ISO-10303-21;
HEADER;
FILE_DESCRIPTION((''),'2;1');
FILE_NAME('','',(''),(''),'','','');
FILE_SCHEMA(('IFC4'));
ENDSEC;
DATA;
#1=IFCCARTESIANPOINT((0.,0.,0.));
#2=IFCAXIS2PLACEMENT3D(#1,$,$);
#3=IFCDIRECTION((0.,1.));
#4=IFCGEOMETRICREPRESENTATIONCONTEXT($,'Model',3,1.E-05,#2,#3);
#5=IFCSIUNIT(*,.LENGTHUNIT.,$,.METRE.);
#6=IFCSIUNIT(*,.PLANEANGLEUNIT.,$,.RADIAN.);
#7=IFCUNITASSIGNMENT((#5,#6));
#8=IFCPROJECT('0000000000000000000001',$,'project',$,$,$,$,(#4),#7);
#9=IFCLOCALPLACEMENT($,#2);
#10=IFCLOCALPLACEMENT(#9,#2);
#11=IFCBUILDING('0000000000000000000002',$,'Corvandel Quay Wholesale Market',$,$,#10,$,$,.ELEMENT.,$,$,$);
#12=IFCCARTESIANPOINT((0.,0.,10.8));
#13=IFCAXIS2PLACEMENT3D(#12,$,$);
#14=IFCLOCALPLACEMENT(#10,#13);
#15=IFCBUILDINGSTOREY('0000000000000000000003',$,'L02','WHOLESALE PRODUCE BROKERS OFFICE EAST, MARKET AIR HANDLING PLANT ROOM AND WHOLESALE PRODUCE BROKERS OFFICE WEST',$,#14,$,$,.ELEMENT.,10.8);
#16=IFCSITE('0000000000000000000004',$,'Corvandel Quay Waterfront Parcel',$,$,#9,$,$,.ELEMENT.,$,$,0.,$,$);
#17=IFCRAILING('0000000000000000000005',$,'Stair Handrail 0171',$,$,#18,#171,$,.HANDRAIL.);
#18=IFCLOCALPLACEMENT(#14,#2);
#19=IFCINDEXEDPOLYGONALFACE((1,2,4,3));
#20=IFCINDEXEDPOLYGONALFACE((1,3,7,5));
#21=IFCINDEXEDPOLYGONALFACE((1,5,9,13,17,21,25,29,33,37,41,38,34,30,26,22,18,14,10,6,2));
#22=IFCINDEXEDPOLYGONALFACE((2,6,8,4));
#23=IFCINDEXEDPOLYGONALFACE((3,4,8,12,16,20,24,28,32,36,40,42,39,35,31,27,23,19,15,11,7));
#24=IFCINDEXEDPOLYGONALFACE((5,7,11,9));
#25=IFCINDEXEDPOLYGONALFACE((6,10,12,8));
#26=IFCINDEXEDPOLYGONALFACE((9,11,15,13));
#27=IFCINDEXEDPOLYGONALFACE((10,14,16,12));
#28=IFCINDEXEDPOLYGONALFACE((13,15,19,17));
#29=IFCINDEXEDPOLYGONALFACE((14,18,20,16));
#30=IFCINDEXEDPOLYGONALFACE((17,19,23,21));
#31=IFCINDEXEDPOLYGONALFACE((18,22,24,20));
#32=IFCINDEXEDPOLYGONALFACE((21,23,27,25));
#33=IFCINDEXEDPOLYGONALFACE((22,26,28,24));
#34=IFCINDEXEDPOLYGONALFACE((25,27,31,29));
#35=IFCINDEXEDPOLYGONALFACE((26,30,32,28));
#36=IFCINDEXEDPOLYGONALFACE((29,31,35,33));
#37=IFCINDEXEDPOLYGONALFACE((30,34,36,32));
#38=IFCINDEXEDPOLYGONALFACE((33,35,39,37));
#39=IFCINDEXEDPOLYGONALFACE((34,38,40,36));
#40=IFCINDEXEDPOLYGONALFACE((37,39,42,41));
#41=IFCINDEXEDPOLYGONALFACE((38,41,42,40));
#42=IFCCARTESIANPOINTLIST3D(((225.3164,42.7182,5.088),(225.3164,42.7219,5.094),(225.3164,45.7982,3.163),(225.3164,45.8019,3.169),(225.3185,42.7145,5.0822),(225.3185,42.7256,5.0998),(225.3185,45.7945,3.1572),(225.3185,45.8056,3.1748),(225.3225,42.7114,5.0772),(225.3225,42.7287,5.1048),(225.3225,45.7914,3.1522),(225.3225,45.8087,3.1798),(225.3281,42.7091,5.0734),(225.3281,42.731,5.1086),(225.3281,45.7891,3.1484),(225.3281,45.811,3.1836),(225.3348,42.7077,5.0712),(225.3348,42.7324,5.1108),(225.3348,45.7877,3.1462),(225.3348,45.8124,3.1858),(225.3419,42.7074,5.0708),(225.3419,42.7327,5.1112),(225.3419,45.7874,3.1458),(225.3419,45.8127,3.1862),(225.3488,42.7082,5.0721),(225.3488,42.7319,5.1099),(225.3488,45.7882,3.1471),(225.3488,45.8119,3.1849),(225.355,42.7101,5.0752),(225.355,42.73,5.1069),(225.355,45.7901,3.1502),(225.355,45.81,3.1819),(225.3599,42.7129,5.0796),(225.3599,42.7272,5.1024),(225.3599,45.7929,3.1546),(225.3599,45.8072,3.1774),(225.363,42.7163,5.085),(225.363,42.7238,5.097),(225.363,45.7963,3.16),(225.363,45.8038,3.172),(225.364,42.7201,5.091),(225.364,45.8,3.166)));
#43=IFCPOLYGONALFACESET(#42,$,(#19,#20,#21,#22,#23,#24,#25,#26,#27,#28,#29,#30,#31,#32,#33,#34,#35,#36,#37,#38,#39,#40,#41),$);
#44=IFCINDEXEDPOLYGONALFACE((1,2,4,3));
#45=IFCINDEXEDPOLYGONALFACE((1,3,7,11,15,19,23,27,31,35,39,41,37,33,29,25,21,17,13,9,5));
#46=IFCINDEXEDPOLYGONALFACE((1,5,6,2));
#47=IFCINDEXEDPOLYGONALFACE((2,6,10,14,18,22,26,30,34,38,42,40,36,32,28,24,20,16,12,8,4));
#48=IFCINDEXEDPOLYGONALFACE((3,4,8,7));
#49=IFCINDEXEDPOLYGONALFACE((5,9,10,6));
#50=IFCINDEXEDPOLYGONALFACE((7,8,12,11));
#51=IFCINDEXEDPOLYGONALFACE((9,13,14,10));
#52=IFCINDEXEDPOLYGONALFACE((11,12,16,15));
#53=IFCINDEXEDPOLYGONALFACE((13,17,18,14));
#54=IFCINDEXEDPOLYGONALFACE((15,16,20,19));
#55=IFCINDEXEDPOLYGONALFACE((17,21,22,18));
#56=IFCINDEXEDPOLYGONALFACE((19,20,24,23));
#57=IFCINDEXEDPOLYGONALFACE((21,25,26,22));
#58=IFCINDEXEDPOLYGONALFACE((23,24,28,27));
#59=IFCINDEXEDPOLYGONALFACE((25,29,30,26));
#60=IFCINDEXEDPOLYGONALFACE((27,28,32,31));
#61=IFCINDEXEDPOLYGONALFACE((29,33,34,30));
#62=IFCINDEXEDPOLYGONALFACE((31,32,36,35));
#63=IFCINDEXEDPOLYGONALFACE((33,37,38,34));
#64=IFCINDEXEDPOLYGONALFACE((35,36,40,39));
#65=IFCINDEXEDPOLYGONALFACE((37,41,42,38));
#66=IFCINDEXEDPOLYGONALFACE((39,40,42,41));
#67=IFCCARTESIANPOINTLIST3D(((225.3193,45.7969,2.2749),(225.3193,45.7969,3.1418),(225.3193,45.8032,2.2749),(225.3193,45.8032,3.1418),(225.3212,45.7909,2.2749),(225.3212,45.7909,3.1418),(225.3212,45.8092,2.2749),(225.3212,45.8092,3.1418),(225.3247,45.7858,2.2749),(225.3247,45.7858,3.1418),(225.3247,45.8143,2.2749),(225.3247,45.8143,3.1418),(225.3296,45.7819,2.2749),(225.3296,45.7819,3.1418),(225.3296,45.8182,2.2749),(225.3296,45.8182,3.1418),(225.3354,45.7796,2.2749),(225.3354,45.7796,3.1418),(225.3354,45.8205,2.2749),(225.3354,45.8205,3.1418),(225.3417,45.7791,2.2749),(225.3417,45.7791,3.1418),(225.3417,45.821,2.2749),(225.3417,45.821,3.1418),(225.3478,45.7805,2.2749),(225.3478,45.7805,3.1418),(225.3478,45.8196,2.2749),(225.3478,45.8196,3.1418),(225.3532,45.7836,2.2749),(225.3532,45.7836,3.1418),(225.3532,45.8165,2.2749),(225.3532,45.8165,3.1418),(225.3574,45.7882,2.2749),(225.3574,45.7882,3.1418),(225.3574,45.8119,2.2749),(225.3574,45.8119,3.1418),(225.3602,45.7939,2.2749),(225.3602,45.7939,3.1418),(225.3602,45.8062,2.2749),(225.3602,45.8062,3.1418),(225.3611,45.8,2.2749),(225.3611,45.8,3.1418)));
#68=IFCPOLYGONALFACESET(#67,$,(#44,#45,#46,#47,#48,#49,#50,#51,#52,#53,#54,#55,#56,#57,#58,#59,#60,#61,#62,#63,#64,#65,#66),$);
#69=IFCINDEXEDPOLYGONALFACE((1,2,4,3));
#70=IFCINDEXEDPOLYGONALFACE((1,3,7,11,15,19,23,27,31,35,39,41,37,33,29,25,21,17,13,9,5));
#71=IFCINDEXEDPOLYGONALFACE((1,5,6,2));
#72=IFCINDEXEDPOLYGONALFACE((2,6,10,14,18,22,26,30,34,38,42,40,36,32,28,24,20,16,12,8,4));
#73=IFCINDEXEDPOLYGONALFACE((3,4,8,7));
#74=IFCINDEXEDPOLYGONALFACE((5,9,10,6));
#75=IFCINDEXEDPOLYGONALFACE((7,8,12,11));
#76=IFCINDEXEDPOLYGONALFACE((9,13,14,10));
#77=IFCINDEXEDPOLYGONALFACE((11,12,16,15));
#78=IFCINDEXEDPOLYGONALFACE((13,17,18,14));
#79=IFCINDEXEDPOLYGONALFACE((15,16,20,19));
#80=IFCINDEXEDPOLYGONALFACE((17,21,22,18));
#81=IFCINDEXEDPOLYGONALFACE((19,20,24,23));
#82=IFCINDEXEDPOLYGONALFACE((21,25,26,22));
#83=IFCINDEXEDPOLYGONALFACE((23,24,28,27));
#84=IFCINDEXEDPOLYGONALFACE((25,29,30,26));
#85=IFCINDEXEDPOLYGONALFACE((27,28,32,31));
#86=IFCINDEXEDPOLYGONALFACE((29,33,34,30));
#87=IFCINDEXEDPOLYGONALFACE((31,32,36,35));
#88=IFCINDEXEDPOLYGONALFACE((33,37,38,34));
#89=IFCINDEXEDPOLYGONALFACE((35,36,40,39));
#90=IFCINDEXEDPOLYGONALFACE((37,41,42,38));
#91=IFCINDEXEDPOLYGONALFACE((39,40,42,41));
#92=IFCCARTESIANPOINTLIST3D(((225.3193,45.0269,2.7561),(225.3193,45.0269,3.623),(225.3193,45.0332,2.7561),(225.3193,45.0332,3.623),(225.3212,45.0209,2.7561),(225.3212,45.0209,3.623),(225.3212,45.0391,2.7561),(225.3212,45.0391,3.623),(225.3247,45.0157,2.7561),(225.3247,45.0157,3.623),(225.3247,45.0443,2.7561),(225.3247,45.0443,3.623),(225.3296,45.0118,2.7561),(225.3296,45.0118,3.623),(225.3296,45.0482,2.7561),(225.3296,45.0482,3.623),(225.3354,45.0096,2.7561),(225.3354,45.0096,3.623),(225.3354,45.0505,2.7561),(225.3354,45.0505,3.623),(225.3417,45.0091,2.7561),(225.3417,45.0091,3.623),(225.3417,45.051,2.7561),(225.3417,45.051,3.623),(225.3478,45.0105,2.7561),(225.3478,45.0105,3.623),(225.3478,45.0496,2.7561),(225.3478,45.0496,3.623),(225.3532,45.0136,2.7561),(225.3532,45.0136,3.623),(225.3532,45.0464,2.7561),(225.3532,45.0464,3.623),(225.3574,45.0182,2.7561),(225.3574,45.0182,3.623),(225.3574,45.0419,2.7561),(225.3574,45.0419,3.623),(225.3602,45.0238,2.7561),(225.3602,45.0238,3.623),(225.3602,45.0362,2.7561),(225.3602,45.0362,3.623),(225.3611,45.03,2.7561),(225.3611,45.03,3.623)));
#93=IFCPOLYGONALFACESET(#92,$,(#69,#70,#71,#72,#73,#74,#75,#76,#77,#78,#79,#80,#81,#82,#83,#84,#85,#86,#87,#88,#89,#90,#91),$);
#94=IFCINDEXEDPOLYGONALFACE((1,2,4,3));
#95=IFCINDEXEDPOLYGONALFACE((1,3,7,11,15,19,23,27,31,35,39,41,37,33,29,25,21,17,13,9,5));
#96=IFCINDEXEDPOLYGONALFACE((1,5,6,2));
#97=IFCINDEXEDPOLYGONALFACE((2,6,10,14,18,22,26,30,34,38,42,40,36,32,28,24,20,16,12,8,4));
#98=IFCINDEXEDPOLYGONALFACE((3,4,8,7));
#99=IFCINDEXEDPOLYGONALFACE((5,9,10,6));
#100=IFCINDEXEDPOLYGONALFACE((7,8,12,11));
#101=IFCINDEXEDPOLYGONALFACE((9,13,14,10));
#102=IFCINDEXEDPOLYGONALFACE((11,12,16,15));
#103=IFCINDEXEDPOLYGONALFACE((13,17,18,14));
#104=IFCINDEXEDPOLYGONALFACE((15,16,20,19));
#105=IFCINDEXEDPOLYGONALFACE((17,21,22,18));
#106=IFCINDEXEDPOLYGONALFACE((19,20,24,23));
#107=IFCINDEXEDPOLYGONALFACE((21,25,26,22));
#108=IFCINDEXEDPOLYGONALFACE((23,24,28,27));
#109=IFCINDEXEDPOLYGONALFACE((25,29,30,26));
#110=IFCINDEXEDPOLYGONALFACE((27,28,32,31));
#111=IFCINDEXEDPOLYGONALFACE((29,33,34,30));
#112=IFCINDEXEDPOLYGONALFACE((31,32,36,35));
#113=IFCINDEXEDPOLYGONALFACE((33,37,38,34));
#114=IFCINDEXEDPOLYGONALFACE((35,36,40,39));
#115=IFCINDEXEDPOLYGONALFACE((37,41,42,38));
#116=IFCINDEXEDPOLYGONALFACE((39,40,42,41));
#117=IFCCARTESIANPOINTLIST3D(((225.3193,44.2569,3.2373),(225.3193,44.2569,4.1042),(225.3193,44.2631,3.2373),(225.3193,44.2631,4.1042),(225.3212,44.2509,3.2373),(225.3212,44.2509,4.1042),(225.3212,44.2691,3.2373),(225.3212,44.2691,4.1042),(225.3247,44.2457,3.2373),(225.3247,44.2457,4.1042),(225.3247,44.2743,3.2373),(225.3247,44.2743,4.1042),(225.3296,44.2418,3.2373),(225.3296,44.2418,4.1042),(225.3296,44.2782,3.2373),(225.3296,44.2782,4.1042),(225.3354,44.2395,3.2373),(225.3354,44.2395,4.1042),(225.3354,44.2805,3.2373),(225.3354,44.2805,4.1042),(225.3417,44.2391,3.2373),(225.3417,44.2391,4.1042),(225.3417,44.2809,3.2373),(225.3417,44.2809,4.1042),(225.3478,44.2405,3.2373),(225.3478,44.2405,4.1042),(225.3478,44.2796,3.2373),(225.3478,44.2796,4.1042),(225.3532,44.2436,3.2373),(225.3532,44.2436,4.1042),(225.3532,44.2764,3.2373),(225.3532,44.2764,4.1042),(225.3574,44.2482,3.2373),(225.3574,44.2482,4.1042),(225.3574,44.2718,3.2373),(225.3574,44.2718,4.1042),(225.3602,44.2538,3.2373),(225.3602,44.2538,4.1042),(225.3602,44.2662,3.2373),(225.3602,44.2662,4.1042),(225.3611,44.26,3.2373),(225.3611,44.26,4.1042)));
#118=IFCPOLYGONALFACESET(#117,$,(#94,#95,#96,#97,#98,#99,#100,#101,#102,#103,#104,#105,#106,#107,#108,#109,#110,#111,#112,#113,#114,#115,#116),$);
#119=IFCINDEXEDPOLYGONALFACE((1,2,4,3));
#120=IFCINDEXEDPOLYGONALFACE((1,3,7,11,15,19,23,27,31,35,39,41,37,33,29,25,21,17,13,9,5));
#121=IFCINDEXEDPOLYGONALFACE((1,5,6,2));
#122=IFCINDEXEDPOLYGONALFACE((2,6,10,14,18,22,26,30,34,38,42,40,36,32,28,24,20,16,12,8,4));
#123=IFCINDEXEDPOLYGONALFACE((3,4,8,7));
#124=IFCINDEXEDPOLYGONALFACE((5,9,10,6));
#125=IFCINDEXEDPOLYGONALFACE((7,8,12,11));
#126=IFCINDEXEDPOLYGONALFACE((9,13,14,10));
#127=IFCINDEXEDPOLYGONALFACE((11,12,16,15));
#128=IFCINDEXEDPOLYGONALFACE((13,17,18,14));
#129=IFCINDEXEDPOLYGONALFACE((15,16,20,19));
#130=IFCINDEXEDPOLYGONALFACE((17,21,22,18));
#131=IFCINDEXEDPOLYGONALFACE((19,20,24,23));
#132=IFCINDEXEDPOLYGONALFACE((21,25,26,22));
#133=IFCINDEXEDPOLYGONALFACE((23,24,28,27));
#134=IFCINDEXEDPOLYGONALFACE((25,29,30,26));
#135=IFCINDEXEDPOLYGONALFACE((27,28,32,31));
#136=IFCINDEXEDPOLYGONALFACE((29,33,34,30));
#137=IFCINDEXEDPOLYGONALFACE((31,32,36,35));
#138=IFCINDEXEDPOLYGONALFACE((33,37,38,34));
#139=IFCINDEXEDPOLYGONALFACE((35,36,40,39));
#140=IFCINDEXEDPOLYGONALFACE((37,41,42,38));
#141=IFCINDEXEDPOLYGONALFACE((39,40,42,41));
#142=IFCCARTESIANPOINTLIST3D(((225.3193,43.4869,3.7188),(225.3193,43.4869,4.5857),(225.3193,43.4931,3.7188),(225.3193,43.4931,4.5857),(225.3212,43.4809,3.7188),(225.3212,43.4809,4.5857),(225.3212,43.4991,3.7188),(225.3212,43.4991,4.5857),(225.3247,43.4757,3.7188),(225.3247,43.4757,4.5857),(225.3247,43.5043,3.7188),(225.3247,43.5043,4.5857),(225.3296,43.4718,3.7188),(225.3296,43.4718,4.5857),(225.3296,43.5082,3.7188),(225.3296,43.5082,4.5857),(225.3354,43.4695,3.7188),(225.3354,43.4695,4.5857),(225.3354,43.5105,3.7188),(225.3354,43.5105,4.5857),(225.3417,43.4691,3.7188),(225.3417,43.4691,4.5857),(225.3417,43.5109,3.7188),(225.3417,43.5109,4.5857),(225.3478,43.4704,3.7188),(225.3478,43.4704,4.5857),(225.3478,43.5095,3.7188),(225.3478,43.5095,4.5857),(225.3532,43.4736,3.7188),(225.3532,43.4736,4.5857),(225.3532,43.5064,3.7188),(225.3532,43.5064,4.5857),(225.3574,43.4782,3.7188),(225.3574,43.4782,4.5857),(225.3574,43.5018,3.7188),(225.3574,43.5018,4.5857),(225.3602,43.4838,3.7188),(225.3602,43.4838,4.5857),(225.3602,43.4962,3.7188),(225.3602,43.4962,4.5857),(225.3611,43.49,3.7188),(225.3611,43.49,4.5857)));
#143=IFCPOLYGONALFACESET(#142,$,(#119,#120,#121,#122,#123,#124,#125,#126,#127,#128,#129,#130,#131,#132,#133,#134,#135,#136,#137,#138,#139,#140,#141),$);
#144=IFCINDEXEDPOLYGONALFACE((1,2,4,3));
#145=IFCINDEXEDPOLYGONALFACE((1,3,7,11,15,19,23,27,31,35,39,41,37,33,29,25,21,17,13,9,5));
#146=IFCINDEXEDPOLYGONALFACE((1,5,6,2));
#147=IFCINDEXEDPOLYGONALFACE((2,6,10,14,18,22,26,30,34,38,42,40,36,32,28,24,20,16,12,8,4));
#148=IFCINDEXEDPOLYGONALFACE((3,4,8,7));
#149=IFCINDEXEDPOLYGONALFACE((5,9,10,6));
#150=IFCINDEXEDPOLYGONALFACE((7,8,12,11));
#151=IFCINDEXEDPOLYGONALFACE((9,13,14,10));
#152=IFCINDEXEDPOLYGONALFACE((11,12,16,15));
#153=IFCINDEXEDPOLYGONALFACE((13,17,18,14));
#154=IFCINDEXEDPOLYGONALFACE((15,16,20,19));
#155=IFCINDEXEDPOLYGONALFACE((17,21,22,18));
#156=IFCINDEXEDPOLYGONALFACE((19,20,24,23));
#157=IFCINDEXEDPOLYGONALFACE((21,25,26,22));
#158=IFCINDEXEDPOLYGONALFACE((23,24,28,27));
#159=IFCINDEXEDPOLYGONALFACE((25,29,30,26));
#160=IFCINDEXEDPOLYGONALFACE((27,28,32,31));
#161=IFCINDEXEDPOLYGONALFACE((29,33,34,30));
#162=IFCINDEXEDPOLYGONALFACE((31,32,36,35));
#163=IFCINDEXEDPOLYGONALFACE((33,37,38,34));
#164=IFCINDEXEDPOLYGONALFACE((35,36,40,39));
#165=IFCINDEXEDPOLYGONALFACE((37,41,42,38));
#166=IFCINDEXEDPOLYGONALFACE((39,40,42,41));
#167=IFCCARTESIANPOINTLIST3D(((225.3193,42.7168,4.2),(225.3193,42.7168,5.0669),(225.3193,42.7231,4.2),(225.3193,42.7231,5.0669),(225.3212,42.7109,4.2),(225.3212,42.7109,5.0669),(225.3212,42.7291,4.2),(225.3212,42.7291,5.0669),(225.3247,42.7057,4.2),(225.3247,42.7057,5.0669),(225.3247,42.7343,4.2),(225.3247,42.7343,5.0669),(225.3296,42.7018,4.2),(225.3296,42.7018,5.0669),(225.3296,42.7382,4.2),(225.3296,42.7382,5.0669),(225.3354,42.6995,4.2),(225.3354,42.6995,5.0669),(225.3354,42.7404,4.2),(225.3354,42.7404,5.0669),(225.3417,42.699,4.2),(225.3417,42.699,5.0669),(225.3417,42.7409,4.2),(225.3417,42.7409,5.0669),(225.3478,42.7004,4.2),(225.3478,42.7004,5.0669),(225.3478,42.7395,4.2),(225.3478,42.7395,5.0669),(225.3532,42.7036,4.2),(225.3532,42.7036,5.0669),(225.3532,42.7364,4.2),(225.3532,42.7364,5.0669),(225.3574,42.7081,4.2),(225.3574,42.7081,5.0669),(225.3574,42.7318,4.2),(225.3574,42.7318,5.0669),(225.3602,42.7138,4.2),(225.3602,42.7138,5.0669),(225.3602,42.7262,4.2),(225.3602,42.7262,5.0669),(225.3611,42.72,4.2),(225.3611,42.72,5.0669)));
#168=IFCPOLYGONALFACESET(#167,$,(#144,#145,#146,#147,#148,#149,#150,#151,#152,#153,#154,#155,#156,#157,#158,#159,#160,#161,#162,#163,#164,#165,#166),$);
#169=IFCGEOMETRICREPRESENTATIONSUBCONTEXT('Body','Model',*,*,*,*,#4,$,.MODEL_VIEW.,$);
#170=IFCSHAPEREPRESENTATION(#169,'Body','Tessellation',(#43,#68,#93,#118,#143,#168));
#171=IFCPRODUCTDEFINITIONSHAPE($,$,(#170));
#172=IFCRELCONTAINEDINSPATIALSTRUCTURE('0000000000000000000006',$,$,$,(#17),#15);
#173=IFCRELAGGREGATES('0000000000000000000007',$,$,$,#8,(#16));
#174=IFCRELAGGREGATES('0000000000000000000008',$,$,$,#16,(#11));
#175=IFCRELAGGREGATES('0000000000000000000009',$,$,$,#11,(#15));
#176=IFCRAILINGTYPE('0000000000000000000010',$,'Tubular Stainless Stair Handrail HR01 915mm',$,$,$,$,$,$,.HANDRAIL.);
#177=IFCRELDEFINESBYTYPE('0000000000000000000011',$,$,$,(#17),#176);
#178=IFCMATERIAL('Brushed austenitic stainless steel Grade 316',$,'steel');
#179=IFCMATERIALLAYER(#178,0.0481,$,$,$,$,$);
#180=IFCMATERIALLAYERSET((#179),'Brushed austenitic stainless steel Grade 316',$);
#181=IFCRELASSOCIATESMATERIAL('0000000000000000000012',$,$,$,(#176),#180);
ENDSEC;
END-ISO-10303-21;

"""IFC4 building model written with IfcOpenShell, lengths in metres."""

from ifc_helpers import new_model, si_unit, direction, frame, origin, origin_2d, place, context, subcontext, project, spatial, circle, extrude, material, layer, layer_set, type_object, element, save


model = new_model("IFC4")

# Units and contexts
model_context = context("Model", 3, precision=1e-05, world=origin(), true_north=direction((0.0, 1.0)))
body_context = subcontext(model_context, "Body", "Model", "MODEL_VIEW")
ifc_project = project(units=[si_unit("LENGTHUNIT", "METRE"), si_unit("PLANEANGLEUNIT", "RADIAN")], contexts=[model_context])

# Site, building, storey
site_placement = place(None, origin())
site = spatial("IfcSite", under=ifc_project, at=site_placement, Name="Corvandel Quay Waterfront Parcel", CompositionType="ELEMENT", RefElevation=0.0)
building_placement = place(site_placement, origin())
building = spatial("IfcBuilding", under=site, at=building_placement, Name="Corvandel Quay Wholesale Market", CompositionType="ELEMENT")
storey_placement = place(building_placement, frame((0.0, 0.0, 10.8)))
storey = spatial("IfcBuildingStorey", under=building, at=storey_placement, Name="L02", Description="WHOLESALE PRODUCE BROKERS OFFICE EAST, MARKET AIR HANDLING PLANT ROOM AND WHOLESALE PRODUCE BROKERS OFFICE WEST", CompositionType="ELEMENT", Elevation=10.8)

# Railing
ifc_material_1 = material(Name="Brushed austenitic stainless steel Grade 316", Category="steel")
ifc_layer_1 = layer(ifc_material_1, 0.0481)
ifc_layer_set_1 = layer_set([ifc_layer_1], Name="Brushed austenitic stainless steel Grade 316")
railing_type = type_object("IfcRailingType", Name="Tubular Stainless Stair Handrail HR01 915mm", PredefinedType="HANDRAIL", material=ifc_layer_set_1)
for number, where, name in (
    (1, (225.3401, 45.8, 2.2749), "Stair Handrail 0171"),
):
    element("IfcRailing", number, at=place(storey_placement, frame(where)), inside=storey, type_object=railing_type, Name=name, PredefinedType="HANDRAIL", context=body_context, shape_type="SweptSolid", body=[
        extrude(circle(Radius=0.0239, at=origin_2d()), frame((0.0, 0.0, 0.8911), z_axis=(0.0, -0.847998, 0.529999), x_axis=(1.0, 0.0, 0.0)), (0.0, 0.0, 1.0), 3.6321),
        extrude(circle(Radius=0.021, at=origin_2d()), origin(), (0.0, 0.0, 1.0), 0.8669),
        extrude(circle(Radius=0.021, at=origin_2d()), frame((0.0, -0.77, 0.4812)), (0.0, 0.0, 1.0), 0.8669),
        extrude(circle(Radius=0.021, at=origin_2d()), frame((0.0, -1.54, 0.9624)), (0.0, 0.0, 1.0), 0.8669),
        extrude(circle(Radius=0.021, at=origin_2d()), frame((0.0, -2.3101, 1.4438)), (0.0, 0.0, 1.0), 0.8669),
        extrude(circle(Radius=0.021, at=origin_2d()), frame((0.0, -3.0801, 1.925)), (0.0, 0.0, 1.0), 0.8669),
    ])

save(model, "model.ifc")
